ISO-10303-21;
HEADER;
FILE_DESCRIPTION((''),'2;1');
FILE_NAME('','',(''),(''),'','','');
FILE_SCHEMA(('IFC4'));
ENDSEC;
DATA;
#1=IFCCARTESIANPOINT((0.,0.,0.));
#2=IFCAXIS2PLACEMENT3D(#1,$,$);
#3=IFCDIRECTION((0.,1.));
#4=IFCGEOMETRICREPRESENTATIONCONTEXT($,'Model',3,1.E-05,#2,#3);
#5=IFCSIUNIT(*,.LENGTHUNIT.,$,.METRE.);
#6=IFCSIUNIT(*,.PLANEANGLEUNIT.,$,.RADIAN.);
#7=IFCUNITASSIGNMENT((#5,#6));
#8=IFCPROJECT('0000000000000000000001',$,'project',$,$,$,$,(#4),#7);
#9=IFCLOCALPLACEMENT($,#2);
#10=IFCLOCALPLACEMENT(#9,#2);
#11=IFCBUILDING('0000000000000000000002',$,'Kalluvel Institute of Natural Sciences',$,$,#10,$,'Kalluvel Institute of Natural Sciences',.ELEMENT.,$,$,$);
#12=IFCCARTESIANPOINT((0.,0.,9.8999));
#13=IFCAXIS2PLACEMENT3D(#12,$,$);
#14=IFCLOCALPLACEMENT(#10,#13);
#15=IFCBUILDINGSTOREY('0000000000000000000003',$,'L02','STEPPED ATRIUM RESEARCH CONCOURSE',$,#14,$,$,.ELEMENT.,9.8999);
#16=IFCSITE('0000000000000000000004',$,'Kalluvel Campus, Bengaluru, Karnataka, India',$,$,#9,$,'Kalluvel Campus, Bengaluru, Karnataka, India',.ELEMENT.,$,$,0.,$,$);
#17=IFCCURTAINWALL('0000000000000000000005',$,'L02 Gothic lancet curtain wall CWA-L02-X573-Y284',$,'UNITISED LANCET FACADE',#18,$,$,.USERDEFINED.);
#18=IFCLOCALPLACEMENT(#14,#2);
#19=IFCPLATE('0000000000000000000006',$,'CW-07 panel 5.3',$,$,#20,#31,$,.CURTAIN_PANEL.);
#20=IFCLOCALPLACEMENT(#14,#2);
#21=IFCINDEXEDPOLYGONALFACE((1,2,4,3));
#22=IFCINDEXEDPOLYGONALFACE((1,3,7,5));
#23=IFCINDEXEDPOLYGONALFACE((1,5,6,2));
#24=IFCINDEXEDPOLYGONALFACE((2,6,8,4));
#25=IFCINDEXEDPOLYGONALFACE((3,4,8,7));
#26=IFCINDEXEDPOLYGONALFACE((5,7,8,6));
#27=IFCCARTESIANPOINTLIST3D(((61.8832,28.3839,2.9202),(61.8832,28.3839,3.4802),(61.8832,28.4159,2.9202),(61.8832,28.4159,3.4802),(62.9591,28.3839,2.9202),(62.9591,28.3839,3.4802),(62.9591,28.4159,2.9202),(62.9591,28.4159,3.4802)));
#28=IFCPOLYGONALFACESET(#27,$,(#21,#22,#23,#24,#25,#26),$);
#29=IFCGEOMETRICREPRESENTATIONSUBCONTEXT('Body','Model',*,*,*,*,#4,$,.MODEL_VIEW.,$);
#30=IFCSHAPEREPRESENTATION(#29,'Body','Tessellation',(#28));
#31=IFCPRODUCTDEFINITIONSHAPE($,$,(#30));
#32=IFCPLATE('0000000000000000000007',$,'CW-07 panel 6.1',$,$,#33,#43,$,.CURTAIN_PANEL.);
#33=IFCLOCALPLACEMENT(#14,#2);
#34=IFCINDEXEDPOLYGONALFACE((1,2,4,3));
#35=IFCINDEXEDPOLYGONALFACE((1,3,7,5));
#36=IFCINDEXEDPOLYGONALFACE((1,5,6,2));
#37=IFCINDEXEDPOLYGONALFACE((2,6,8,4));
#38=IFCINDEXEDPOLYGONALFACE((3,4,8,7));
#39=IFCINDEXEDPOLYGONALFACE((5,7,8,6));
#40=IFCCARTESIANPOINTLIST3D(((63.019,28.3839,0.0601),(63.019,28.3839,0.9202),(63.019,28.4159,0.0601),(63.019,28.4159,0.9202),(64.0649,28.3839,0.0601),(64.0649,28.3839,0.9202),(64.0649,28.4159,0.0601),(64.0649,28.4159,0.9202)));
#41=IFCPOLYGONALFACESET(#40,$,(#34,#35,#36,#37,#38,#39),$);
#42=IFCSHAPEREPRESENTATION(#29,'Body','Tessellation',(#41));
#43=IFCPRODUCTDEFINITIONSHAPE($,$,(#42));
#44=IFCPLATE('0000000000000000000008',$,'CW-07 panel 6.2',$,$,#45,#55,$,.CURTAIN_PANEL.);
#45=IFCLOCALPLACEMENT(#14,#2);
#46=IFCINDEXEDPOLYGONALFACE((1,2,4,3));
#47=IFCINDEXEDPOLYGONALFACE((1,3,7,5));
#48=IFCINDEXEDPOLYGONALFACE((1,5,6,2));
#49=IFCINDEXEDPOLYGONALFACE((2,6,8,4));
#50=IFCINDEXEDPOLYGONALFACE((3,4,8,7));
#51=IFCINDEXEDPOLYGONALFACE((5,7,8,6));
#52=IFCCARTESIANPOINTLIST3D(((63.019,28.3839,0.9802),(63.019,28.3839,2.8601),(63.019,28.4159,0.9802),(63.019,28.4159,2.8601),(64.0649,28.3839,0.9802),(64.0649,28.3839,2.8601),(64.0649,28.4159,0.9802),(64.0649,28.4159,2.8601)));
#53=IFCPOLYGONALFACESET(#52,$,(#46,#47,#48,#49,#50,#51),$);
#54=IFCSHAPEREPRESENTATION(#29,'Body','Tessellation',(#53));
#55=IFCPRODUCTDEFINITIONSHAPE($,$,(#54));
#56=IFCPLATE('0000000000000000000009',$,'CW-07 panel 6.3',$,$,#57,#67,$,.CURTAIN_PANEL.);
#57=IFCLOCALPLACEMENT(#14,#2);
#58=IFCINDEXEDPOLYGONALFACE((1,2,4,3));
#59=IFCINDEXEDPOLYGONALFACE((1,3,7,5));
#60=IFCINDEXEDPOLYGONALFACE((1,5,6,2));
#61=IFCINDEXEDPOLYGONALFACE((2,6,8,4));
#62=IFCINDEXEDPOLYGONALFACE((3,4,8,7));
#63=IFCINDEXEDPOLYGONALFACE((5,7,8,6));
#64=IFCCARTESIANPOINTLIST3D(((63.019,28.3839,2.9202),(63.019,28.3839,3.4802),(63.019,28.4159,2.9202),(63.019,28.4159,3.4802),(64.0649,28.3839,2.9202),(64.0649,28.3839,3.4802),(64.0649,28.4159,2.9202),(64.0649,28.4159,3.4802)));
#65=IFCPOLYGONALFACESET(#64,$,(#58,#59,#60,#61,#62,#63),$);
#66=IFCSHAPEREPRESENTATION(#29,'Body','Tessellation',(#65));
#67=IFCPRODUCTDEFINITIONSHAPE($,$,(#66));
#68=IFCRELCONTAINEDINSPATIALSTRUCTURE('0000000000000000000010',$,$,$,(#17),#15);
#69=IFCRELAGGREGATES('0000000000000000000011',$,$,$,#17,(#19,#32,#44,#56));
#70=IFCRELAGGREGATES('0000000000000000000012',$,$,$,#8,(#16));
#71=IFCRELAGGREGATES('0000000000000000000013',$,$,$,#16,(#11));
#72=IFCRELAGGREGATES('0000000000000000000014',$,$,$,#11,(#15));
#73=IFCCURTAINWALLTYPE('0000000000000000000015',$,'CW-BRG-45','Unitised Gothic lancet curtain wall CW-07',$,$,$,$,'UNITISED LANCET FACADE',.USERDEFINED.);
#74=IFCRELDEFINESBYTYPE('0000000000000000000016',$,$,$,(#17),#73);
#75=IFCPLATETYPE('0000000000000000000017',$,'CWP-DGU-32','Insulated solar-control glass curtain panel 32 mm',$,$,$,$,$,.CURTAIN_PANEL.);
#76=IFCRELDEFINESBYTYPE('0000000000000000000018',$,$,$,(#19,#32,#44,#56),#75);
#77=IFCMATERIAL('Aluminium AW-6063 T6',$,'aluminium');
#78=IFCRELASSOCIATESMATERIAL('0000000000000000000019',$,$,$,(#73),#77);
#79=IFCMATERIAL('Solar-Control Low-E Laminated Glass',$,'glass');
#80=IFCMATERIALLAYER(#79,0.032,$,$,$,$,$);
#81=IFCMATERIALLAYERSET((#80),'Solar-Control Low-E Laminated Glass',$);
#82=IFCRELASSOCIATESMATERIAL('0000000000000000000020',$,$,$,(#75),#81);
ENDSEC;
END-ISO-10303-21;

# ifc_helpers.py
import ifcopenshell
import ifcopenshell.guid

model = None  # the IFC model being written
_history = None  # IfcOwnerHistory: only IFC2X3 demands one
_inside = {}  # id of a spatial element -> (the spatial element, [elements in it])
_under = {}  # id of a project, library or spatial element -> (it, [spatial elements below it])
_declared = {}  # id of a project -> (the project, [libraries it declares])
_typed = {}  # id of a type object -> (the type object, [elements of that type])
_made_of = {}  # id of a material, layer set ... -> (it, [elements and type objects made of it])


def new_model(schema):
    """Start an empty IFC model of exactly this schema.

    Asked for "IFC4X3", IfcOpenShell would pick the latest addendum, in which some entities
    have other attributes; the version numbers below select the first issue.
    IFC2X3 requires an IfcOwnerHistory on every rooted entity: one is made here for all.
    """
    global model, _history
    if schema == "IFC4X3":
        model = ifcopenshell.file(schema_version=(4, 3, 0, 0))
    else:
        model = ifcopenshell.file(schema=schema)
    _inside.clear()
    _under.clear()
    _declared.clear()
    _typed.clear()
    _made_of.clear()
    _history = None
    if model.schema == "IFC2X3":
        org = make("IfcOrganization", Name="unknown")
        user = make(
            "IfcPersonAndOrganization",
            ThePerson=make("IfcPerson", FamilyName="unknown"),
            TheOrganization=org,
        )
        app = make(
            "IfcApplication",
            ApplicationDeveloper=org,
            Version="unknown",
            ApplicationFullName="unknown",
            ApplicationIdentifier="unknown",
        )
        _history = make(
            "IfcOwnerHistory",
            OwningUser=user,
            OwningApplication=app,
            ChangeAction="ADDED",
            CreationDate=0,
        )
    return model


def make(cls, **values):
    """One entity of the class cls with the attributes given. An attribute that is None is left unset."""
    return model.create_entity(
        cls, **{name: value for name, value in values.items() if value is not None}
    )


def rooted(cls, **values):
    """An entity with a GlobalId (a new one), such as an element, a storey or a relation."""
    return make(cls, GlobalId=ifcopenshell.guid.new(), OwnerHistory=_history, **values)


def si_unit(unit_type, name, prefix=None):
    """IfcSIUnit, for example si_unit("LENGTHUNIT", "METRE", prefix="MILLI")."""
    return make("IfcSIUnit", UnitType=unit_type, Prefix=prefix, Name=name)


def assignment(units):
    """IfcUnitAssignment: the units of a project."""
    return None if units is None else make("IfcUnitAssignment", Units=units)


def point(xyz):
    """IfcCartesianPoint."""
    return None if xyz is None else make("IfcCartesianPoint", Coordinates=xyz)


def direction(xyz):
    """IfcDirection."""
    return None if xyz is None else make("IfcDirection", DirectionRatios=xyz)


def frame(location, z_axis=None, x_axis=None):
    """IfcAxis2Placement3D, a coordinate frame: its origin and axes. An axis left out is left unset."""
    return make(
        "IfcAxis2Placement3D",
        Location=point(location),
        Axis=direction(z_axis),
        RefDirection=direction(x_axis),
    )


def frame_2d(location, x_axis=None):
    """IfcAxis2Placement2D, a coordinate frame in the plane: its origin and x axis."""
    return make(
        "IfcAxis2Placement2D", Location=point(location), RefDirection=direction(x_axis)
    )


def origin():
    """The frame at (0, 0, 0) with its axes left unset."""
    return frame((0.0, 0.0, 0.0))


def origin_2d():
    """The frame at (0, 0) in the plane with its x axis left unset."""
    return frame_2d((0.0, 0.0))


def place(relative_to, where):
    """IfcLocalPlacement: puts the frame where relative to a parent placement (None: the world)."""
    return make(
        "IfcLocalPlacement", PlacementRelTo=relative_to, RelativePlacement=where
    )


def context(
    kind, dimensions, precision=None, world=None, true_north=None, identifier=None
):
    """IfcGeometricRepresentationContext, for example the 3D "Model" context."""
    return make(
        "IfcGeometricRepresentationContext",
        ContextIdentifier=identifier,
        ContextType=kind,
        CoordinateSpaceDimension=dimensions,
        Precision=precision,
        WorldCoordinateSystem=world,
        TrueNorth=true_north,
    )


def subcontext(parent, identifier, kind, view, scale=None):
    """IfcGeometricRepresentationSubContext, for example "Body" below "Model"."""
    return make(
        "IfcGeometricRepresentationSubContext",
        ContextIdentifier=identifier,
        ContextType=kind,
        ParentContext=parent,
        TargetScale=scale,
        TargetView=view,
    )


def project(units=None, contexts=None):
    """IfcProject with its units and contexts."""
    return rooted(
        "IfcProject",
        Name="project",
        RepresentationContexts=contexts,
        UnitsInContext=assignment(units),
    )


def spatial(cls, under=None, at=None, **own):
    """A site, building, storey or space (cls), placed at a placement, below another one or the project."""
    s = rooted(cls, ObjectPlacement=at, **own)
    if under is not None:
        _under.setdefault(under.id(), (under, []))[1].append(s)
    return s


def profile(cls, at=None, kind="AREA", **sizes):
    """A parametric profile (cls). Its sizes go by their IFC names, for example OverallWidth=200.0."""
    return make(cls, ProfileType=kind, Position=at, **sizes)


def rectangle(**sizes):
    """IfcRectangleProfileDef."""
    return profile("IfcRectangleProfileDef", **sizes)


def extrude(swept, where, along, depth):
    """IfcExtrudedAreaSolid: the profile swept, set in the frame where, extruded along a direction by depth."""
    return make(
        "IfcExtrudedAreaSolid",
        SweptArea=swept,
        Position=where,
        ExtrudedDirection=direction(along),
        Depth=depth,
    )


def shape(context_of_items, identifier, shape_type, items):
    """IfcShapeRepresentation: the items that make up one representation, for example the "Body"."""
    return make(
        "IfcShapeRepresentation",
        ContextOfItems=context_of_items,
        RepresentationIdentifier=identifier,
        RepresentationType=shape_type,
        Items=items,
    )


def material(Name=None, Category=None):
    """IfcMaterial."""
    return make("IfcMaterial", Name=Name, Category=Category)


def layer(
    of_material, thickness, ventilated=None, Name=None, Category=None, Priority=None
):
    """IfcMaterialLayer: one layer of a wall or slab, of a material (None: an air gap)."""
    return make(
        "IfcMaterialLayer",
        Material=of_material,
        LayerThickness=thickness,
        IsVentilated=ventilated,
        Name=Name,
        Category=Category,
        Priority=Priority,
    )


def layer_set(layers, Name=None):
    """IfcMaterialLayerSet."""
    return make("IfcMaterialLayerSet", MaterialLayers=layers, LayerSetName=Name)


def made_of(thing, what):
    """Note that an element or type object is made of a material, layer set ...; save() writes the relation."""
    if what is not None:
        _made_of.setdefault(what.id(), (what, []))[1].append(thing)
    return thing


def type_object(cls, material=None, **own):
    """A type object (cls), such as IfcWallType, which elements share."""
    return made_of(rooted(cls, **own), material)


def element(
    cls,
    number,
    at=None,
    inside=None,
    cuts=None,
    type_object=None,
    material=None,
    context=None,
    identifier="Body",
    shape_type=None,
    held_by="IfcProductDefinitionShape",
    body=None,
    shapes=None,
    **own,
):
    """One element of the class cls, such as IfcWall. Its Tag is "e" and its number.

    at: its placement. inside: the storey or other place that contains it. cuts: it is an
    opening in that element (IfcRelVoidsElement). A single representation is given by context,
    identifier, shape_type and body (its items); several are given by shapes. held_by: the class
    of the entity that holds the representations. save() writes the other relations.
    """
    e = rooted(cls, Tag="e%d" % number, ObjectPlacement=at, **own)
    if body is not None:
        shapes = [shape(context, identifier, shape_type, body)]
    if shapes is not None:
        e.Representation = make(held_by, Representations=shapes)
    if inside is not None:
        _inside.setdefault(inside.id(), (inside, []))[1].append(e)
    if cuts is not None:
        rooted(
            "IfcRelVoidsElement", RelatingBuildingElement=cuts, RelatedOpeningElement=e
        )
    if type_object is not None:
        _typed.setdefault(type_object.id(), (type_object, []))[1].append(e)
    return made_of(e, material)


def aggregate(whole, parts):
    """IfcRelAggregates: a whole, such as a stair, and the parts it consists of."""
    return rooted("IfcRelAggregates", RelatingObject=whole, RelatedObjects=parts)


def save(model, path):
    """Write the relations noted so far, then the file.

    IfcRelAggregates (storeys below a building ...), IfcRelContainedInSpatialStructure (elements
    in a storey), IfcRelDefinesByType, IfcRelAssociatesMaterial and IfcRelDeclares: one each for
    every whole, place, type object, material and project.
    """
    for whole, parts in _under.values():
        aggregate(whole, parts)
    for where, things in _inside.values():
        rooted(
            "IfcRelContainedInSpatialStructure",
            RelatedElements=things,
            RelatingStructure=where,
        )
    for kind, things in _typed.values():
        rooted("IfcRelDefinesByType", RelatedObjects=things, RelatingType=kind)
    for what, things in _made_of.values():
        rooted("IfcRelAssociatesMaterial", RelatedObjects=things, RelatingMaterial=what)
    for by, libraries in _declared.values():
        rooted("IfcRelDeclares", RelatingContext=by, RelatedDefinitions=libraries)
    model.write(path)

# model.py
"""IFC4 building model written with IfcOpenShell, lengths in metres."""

from ifc_helpers import new_model, si_unit, direction, frame, origin, origin_2d, place, context, subcontext, project, spatial, rectangle, extrude, material, layer, layer_set, type_object, element, aggregate, save


model = new_model("IFC4")

# Units and contexts
model_context = context("Model", 3, precision=1e-05, world=origin(), true_north=direction((0.0, 1.0)))
body_context = subcontext(model_context, "Body", "Model", "MODEL_VIEW")
ifc_project = project(units=[si_unit("LENGTHUNIT", "METRE"), si_unit("PLANEANGLEUNIT", "RADIAN")], contexts=[model_context])

# Site, building, storey
site_placement = place(None, origin())
site = spatial("IfcSite", under=ifc_project, at=site_placement, Name="Kalluvel Campus, Bengaluru, Karnataka, India", LongName="Kalluvel Campus, Bengaluru, Karnataka, India", CompositionType="ELEMENT", RefElevation=0.0)
building_placement = place(site_placement, origin())
building = spatial("IfcBuilding", under=site, at=building_placement, Name="Kalluvel Institute of Natural Sciences", LongName="Kalluvel Institute of Natural Sciences", CompositionType="ELEMENT")
storey_placement = place(building_placement, frame((0.0, 0.0, 9.8999)))
storey = spatial("IfcBuildingStorey", under=building, at=storey_placement, Name="L02", Description="STEPPED ATRIUM RESEARCH CONCOURSE", CompositionType="ELEMENT", Elevation=9.8999)

# Curtain wall, plates
ifc_material_1 = material(Name="Aluminium AW-6063 T6", Category="aluminium")
curtain_wall_type = type_object("IfcCurtainWallType", Name="CW-BRG-45", Description="Unitised Gothic lancet curtain wall CW-07", ElementType="UNITISED LANCET FACADE", PredefinedType="USERDEFINED", material=ifc_material_1)
curtain_wall_placement = place(storey_placement, origin())
curtain_wall = element("IfcCurtainWall", 1, at=curtain_wall_placement, inside=storey, type_object=curtain_wall_type, Name="L02 Gothic lancet curtain wall CWA-L02-X573-Y284", ObjectType="UNITISED LANCET FACADE", PredefinedType="USERDEFINED")
ifc_material_2 = material(Name="Solar-Control Low-E Laminated Glass", Category="glass")
ifc_layer = layer(ifc_material_2, 0.032)
ifc_layer_set = layer_set([ifc_layer], Name="Solar-Control Low-E Laminated Glass")
plate_type = type_object("IfcPlateType", Name="CWP-DGU-32", Description="Insulated solar-control glass curtain panel 32 mm", PredefinedType="CURTAIN_PANEL", material=ifc_layer_set)
plate_1_placement = place(storey_placement, frame((62.4211, 28.3999, 2.9202), z_axis=(0.0, 0.0, 1.0), x_axis=(1.0, 0.0, 0.0)))
plate_1 = element("IfcPlate", 2, at=plate_1_placement, type_object=plate_type, Name="CW-07 panel 5.3", PredefinedType="CURTAIN_PANEL", context=body_context, shape_type="SweptSolid", body=[
    extrude(rectangle(XDim=1.0759, YDim=0.032, at=origin_2d()), origin(), (0.0, 0.0, 1.0), 0.5601),
])
plate_2_placement = place(storey_placement, frame((63.542, 28.3999, 0.0601), z_axis=(0.0, 0.0, 1.0), x_axis=(1.0, 0.0, 0.0)))
plate_2 = element("IfcPlate", 3, at=plate_2_placement, type_object=plate_type, Name="CW-07 panel 6.1", PredefinedType="CURTAIN_PANEL", context=body_context, shape_type="SweptSolid", body=[
    extrude(rectangle(XDim=1.0459, YDim=0.032, at=origin_2d()), origin(), (0.0, 0.0, 1.0), 0.8601),
])
plate_3_placement = place(storey_placement, frame((63.542, 28.3999, 0.9802), z_axis=(0.0, 0.0, 1.0), x_axis=(1.0, 0.0, 0.0)))
plate_3 = element("IfcPlate", 4, at=plate_3_placement, type_object=plate_type, Name="CW-07 panel 6.2", PredefinedType="CURTAIN_PANEL", context=body_context, shape_type="SweptSolid", body=[
    extrude(rectangle(XDim=1.0459, YDim=0.032, at=origin_2d()), origin(), (0.0, 0.0, 1.0), 1.8799),
])
plate_4_placement = place(storey_placement, frame((63.542, 28.3999, 2.9202), z_axis=(0.0, 0.0, 1.0), x_axis=(1.0, 0.0, 0.0)))
plate_4 = element("IfcPlate", 5, at=plate_4_placement, type_object=plate_type, Name="CW-07 panel 6.3", PredefinedType="CURTAIN_PANEL", context=body_context, shape_type="SweptSolid", body=[
    extrude(rectangle(XDim=1.0459, YDim=0.032, at=origin_2d()), origin(), (0.0, 0.0, 1.0), 0.5601),
])
aggregate(curtain_wall, [plate_1, plate_2, plate_3, plate_4])

save(model, "model.ifc")
